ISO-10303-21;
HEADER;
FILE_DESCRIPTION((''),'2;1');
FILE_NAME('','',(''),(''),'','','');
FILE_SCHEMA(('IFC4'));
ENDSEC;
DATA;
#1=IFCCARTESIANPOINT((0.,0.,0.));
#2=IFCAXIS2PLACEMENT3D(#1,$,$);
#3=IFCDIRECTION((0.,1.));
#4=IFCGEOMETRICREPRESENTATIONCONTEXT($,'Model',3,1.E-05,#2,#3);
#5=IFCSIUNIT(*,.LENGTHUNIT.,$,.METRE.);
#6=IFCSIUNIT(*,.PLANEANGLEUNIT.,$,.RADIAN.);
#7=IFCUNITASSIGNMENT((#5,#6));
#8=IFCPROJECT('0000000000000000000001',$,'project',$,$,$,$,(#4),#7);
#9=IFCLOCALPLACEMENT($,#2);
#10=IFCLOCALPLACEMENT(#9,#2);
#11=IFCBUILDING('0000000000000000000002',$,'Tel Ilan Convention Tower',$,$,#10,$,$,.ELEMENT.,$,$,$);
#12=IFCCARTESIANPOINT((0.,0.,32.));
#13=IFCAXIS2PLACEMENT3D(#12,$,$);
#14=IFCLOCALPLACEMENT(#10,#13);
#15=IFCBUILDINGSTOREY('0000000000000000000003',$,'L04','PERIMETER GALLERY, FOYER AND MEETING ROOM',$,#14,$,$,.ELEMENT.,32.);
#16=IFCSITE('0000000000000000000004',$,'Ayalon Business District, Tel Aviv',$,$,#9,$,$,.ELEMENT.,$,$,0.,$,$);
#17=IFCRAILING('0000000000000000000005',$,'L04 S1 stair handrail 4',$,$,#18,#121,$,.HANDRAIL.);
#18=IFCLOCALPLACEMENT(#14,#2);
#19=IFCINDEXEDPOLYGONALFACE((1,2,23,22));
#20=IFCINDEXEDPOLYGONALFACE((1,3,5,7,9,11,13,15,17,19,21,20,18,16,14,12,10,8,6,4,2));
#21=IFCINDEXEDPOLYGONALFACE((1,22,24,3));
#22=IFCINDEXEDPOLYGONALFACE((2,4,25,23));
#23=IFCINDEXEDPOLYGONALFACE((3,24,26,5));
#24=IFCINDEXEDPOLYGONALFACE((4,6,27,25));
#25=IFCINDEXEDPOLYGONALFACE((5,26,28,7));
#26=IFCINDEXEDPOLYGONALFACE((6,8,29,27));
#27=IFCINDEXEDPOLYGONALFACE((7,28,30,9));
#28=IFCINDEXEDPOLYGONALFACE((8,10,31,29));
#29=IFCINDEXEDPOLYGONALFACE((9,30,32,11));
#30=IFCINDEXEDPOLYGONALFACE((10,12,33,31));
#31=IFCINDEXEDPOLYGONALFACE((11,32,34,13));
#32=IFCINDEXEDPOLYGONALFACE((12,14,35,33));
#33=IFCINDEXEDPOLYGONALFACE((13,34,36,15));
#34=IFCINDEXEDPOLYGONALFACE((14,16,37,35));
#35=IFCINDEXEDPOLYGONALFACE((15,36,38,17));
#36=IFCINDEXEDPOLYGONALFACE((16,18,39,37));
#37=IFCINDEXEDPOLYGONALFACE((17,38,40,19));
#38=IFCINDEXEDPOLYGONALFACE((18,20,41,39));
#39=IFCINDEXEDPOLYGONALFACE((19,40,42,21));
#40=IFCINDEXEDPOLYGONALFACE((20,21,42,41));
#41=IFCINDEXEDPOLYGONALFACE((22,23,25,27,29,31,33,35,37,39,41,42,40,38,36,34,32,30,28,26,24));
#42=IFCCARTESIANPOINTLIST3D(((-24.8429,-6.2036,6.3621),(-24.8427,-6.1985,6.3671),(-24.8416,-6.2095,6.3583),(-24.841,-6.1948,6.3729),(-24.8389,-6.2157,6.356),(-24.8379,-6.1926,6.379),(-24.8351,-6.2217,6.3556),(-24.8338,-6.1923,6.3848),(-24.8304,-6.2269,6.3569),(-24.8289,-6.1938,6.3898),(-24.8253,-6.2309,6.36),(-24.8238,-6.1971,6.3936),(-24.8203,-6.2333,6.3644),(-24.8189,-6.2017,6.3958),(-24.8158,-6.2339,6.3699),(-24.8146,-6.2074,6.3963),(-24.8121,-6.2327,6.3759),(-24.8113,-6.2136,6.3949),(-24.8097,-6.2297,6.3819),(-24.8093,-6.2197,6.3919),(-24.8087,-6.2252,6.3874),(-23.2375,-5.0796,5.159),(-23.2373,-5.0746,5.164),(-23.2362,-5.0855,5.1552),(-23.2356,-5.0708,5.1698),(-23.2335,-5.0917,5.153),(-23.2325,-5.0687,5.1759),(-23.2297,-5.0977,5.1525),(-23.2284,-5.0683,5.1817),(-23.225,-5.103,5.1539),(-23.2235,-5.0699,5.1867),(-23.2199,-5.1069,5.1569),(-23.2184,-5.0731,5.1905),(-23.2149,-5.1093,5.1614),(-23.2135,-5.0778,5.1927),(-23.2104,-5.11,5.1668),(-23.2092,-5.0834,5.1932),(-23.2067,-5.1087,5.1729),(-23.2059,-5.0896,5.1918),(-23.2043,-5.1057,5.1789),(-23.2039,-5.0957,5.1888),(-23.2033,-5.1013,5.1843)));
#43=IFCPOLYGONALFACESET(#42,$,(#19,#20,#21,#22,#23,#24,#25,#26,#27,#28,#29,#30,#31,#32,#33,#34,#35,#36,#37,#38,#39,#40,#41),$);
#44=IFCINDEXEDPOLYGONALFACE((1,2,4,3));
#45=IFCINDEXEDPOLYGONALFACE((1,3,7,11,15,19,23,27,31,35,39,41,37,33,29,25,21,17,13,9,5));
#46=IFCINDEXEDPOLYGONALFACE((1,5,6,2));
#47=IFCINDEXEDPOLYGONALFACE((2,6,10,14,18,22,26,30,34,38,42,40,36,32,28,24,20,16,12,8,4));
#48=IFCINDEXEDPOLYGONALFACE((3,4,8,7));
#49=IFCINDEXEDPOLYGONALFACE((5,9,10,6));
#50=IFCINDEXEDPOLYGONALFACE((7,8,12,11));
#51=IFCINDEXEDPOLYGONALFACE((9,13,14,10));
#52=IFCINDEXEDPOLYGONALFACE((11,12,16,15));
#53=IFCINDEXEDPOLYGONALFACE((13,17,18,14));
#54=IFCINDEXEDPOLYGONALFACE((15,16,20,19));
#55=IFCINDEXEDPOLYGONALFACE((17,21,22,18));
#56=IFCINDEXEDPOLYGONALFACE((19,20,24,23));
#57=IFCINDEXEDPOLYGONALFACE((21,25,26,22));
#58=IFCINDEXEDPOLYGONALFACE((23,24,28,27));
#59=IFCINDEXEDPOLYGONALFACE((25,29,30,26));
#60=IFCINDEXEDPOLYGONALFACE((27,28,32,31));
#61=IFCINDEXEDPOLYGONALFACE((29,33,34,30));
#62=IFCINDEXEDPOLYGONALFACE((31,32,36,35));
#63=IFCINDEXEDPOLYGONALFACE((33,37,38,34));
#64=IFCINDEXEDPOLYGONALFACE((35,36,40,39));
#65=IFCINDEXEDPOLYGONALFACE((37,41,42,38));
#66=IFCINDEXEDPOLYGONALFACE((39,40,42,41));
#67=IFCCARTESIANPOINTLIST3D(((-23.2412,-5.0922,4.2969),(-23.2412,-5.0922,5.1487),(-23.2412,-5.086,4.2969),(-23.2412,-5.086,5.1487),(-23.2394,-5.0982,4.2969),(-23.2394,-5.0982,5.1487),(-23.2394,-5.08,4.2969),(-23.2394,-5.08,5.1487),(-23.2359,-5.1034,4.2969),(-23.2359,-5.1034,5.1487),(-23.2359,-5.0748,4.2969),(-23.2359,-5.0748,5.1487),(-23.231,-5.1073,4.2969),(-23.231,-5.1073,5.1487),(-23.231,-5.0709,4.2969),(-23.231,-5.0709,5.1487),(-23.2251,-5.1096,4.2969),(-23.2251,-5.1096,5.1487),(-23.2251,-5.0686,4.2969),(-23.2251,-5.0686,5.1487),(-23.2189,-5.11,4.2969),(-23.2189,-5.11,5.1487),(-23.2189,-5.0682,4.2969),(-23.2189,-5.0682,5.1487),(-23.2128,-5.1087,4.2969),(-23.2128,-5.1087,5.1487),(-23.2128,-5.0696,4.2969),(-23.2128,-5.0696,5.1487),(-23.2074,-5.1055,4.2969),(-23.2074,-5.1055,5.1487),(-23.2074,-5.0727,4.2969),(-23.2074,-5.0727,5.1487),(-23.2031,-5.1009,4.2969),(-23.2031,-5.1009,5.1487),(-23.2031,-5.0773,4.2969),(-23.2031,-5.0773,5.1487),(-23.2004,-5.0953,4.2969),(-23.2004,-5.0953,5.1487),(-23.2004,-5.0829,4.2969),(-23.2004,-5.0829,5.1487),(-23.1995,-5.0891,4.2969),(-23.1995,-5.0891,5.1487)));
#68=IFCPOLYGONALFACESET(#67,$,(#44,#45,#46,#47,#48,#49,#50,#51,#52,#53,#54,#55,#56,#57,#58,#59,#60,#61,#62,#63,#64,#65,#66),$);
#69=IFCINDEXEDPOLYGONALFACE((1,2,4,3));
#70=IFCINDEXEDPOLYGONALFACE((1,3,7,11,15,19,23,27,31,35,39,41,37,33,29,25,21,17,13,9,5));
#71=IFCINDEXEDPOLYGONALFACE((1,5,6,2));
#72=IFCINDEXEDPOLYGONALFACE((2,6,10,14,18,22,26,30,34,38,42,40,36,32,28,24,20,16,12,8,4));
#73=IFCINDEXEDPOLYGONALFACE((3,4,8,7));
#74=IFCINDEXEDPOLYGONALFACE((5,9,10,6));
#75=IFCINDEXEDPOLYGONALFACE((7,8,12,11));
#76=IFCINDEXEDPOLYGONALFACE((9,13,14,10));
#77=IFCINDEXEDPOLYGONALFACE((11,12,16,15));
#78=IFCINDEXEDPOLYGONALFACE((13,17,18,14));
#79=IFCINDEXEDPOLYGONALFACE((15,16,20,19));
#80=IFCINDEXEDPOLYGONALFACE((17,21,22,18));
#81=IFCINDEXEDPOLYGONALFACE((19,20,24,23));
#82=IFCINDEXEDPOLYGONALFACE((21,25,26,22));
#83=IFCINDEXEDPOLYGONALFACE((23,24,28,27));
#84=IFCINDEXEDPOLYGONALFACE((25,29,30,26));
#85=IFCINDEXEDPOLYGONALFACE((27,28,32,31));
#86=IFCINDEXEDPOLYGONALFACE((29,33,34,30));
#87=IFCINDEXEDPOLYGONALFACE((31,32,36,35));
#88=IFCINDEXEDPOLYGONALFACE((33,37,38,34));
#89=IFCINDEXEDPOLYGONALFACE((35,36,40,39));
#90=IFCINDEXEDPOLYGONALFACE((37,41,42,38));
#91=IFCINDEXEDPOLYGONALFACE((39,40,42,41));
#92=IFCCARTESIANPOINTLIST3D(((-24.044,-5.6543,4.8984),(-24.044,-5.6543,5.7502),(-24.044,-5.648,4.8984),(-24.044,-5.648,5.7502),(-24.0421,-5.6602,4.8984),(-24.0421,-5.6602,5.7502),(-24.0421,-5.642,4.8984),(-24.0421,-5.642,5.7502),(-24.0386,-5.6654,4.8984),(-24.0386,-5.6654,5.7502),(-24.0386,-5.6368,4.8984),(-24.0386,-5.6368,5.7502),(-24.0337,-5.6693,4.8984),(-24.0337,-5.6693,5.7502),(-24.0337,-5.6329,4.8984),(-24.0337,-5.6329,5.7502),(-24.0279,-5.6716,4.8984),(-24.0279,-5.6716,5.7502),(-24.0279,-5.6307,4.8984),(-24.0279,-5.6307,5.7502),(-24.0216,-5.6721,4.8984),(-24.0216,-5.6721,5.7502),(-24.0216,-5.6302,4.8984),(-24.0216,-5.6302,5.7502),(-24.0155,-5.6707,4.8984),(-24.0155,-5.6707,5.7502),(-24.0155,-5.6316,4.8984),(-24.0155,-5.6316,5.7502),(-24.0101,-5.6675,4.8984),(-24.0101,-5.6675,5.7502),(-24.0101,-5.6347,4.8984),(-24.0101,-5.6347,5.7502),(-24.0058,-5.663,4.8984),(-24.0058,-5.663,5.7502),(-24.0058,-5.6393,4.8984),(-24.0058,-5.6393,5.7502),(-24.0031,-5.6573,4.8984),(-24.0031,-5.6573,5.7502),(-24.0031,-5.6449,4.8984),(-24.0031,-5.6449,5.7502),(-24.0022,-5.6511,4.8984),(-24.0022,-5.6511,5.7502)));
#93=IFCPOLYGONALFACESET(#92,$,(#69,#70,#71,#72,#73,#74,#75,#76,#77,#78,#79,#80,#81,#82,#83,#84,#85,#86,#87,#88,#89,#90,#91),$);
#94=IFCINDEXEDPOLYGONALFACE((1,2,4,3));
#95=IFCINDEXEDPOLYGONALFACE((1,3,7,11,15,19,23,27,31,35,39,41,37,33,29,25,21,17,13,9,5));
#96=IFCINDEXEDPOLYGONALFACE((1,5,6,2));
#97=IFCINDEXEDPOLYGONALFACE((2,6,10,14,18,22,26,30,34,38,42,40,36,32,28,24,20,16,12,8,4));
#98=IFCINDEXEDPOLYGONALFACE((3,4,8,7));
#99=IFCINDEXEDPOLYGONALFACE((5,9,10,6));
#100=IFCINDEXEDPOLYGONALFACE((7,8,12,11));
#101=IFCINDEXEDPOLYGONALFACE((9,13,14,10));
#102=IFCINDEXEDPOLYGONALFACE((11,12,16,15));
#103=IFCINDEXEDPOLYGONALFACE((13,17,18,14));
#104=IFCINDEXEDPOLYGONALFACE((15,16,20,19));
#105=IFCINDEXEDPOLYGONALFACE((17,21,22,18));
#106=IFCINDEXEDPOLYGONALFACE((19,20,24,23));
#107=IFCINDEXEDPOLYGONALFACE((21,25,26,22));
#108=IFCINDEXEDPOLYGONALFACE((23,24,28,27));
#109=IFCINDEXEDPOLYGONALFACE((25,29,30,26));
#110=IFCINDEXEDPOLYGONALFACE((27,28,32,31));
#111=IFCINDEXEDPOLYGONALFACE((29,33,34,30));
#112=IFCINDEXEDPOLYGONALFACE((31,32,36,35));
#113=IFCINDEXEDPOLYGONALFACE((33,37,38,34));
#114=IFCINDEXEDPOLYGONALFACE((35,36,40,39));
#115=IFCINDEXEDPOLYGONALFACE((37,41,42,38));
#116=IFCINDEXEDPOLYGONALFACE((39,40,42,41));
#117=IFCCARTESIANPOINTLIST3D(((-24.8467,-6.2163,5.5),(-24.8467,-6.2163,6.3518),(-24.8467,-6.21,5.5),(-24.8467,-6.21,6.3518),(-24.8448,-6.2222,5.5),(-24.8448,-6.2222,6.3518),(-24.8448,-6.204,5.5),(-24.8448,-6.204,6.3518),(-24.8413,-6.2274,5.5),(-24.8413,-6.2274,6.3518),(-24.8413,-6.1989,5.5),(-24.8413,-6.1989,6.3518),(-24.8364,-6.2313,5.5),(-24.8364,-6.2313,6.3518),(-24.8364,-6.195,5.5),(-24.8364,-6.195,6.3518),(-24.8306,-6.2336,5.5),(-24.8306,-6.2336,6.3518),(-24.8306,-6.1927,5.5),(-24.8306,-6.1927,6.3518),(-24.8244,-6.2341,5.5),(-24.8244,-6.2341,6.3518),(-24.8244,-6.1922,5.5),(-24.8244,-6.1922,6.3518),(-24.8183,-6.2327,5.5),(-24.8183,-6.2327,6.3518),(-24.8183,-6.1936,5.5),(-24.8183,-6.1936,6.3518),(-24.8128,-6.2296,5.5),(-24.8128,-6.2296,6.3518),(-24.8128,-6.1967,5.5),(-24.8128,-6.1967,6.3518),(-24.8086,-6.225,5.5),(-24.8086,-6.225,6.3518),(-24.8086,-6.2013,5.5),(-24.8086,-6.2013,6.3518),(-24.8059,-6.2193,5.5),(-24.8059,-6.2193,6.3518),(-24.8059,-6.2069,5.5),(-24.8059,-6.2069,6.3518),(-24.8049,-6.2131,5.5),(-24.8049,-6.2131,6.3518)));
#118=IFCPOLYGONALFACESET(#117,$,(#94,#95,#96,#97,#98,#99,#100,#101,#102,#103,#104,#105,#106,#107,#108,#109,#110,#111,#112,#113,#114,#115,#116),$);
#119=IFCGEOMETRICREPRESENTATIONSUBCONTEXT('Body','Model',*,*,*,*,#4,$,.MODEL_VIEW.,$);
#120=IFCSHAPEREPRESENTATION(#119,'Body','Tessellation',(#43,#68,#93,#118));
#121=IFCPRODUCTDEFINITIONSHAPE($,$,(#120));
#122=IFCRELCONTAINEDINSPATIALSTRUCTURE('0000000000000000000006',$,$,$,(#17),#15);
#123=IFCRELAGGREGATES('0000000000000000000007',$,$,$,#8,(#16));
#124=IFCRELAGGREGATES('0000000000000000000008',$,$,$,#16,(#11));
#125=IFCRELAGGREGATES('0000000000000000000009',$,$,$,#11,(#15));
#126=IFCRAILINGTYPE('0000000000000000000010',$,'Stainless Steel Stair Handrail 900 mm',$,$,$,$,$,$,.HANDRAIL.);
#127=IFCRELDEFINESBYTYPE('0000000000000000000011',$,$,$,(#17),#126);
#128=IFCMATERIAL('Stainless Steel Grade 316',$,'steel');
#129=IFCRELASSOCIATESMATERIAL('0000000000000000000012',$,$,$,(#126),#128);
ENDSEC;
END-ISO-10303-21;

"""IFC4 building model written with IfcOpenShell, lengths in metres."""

from ifc_helpers import new_model, si_unit, direction, frame, origin, origin_2d, place, context, subcontext, project, spatial, circle, extrude, material, type_object, element, save


model = new_model("IFC4")

# Units and contexts
model_context = context("Model", 3, precision=1e-05, world=origin(), true_north=direction((0.0, 1.0)))
body_context = subcontext(model_context, "Body", "Model", "MODEL_VIEW")
ifc_project = project(units=[si_unit("LENGTHUNIT", "METRE"), si_unit("PLANEANGLEUNIT", "RADIAN")], contexts=[model_context])

# Site, building, storey
site_placement = place(None, origin())
site = spatial("IfcSite", under=ifc_project, at=site_placement, Name="Ayalon Business District, Tel Aviv", CompositionType="ELEMENT", RefElevation=0.0)
building_placement = place(site_placement, origin())
building = spatial("IfcBuilding", under=site, at=building_placement, Name="Tel Ilan Convention Tower", CompositionType="ELEMENT")
storey_placement = place(building_placement, frame((0.0, 0.0, 32.0)))
storey = spatial("IfcBuildingStorey", under=building, at=storey_placement, Name="L04", Description="PERIMETER GALLERY, FOYER AND MEETING ROOM", CompositionType="ELEMENT", Elevation=32.0)

# Railing
ifc_material_1 = material(Name="Stainless Steel Grade 316", Category="steel")
railing_type_1 = type_object("IfcRailingType", Name="Stainless Steel Stair Handrail 900 mm", PredefinedType="HANDRAIL", material=ifc_material_1)
for number, where, name in (
    (1, (-23.2205, -5.0891, 4.2969), "L04 S1 stair handrail 4"),
):
    element("IfcRailing", number, at=place(storey_placement, frame(where)), inside=storey, type_object=railing_type_1, Name=name, PredefinedType="HANDRAIL", context=body_context, shape_type="SweptSolid", body=[
        extrude(circle(Radius=0.0239, at=origin_2d()), frame((0.0, 0.0, 0.876), z_axis=(-0.698131, -0.488777, 0.523174), x_axis=(0.573529, -0.819185, 0.0)), (0.0, 0.0, 1.0), 2.2996),
        extrude(circle(Radius=0.021, at=origin_2d()), origin(), (0.0, 0.0, 1.0), 0.8518),
        extrude(circle(Radius=0.021, at=origin_2d()), frame((-0.8027, -0.562, 0.6016)), (0.0, 0.0, 1.0), 0.8518),
        extrude(circle(Radius=0.021, at=origin_2d()), frame((-1.6055, -1.124, 1.2031)), (0.0, 0.0, 1.0), 0.8518),
    ])

save(model, "model.ifc")
